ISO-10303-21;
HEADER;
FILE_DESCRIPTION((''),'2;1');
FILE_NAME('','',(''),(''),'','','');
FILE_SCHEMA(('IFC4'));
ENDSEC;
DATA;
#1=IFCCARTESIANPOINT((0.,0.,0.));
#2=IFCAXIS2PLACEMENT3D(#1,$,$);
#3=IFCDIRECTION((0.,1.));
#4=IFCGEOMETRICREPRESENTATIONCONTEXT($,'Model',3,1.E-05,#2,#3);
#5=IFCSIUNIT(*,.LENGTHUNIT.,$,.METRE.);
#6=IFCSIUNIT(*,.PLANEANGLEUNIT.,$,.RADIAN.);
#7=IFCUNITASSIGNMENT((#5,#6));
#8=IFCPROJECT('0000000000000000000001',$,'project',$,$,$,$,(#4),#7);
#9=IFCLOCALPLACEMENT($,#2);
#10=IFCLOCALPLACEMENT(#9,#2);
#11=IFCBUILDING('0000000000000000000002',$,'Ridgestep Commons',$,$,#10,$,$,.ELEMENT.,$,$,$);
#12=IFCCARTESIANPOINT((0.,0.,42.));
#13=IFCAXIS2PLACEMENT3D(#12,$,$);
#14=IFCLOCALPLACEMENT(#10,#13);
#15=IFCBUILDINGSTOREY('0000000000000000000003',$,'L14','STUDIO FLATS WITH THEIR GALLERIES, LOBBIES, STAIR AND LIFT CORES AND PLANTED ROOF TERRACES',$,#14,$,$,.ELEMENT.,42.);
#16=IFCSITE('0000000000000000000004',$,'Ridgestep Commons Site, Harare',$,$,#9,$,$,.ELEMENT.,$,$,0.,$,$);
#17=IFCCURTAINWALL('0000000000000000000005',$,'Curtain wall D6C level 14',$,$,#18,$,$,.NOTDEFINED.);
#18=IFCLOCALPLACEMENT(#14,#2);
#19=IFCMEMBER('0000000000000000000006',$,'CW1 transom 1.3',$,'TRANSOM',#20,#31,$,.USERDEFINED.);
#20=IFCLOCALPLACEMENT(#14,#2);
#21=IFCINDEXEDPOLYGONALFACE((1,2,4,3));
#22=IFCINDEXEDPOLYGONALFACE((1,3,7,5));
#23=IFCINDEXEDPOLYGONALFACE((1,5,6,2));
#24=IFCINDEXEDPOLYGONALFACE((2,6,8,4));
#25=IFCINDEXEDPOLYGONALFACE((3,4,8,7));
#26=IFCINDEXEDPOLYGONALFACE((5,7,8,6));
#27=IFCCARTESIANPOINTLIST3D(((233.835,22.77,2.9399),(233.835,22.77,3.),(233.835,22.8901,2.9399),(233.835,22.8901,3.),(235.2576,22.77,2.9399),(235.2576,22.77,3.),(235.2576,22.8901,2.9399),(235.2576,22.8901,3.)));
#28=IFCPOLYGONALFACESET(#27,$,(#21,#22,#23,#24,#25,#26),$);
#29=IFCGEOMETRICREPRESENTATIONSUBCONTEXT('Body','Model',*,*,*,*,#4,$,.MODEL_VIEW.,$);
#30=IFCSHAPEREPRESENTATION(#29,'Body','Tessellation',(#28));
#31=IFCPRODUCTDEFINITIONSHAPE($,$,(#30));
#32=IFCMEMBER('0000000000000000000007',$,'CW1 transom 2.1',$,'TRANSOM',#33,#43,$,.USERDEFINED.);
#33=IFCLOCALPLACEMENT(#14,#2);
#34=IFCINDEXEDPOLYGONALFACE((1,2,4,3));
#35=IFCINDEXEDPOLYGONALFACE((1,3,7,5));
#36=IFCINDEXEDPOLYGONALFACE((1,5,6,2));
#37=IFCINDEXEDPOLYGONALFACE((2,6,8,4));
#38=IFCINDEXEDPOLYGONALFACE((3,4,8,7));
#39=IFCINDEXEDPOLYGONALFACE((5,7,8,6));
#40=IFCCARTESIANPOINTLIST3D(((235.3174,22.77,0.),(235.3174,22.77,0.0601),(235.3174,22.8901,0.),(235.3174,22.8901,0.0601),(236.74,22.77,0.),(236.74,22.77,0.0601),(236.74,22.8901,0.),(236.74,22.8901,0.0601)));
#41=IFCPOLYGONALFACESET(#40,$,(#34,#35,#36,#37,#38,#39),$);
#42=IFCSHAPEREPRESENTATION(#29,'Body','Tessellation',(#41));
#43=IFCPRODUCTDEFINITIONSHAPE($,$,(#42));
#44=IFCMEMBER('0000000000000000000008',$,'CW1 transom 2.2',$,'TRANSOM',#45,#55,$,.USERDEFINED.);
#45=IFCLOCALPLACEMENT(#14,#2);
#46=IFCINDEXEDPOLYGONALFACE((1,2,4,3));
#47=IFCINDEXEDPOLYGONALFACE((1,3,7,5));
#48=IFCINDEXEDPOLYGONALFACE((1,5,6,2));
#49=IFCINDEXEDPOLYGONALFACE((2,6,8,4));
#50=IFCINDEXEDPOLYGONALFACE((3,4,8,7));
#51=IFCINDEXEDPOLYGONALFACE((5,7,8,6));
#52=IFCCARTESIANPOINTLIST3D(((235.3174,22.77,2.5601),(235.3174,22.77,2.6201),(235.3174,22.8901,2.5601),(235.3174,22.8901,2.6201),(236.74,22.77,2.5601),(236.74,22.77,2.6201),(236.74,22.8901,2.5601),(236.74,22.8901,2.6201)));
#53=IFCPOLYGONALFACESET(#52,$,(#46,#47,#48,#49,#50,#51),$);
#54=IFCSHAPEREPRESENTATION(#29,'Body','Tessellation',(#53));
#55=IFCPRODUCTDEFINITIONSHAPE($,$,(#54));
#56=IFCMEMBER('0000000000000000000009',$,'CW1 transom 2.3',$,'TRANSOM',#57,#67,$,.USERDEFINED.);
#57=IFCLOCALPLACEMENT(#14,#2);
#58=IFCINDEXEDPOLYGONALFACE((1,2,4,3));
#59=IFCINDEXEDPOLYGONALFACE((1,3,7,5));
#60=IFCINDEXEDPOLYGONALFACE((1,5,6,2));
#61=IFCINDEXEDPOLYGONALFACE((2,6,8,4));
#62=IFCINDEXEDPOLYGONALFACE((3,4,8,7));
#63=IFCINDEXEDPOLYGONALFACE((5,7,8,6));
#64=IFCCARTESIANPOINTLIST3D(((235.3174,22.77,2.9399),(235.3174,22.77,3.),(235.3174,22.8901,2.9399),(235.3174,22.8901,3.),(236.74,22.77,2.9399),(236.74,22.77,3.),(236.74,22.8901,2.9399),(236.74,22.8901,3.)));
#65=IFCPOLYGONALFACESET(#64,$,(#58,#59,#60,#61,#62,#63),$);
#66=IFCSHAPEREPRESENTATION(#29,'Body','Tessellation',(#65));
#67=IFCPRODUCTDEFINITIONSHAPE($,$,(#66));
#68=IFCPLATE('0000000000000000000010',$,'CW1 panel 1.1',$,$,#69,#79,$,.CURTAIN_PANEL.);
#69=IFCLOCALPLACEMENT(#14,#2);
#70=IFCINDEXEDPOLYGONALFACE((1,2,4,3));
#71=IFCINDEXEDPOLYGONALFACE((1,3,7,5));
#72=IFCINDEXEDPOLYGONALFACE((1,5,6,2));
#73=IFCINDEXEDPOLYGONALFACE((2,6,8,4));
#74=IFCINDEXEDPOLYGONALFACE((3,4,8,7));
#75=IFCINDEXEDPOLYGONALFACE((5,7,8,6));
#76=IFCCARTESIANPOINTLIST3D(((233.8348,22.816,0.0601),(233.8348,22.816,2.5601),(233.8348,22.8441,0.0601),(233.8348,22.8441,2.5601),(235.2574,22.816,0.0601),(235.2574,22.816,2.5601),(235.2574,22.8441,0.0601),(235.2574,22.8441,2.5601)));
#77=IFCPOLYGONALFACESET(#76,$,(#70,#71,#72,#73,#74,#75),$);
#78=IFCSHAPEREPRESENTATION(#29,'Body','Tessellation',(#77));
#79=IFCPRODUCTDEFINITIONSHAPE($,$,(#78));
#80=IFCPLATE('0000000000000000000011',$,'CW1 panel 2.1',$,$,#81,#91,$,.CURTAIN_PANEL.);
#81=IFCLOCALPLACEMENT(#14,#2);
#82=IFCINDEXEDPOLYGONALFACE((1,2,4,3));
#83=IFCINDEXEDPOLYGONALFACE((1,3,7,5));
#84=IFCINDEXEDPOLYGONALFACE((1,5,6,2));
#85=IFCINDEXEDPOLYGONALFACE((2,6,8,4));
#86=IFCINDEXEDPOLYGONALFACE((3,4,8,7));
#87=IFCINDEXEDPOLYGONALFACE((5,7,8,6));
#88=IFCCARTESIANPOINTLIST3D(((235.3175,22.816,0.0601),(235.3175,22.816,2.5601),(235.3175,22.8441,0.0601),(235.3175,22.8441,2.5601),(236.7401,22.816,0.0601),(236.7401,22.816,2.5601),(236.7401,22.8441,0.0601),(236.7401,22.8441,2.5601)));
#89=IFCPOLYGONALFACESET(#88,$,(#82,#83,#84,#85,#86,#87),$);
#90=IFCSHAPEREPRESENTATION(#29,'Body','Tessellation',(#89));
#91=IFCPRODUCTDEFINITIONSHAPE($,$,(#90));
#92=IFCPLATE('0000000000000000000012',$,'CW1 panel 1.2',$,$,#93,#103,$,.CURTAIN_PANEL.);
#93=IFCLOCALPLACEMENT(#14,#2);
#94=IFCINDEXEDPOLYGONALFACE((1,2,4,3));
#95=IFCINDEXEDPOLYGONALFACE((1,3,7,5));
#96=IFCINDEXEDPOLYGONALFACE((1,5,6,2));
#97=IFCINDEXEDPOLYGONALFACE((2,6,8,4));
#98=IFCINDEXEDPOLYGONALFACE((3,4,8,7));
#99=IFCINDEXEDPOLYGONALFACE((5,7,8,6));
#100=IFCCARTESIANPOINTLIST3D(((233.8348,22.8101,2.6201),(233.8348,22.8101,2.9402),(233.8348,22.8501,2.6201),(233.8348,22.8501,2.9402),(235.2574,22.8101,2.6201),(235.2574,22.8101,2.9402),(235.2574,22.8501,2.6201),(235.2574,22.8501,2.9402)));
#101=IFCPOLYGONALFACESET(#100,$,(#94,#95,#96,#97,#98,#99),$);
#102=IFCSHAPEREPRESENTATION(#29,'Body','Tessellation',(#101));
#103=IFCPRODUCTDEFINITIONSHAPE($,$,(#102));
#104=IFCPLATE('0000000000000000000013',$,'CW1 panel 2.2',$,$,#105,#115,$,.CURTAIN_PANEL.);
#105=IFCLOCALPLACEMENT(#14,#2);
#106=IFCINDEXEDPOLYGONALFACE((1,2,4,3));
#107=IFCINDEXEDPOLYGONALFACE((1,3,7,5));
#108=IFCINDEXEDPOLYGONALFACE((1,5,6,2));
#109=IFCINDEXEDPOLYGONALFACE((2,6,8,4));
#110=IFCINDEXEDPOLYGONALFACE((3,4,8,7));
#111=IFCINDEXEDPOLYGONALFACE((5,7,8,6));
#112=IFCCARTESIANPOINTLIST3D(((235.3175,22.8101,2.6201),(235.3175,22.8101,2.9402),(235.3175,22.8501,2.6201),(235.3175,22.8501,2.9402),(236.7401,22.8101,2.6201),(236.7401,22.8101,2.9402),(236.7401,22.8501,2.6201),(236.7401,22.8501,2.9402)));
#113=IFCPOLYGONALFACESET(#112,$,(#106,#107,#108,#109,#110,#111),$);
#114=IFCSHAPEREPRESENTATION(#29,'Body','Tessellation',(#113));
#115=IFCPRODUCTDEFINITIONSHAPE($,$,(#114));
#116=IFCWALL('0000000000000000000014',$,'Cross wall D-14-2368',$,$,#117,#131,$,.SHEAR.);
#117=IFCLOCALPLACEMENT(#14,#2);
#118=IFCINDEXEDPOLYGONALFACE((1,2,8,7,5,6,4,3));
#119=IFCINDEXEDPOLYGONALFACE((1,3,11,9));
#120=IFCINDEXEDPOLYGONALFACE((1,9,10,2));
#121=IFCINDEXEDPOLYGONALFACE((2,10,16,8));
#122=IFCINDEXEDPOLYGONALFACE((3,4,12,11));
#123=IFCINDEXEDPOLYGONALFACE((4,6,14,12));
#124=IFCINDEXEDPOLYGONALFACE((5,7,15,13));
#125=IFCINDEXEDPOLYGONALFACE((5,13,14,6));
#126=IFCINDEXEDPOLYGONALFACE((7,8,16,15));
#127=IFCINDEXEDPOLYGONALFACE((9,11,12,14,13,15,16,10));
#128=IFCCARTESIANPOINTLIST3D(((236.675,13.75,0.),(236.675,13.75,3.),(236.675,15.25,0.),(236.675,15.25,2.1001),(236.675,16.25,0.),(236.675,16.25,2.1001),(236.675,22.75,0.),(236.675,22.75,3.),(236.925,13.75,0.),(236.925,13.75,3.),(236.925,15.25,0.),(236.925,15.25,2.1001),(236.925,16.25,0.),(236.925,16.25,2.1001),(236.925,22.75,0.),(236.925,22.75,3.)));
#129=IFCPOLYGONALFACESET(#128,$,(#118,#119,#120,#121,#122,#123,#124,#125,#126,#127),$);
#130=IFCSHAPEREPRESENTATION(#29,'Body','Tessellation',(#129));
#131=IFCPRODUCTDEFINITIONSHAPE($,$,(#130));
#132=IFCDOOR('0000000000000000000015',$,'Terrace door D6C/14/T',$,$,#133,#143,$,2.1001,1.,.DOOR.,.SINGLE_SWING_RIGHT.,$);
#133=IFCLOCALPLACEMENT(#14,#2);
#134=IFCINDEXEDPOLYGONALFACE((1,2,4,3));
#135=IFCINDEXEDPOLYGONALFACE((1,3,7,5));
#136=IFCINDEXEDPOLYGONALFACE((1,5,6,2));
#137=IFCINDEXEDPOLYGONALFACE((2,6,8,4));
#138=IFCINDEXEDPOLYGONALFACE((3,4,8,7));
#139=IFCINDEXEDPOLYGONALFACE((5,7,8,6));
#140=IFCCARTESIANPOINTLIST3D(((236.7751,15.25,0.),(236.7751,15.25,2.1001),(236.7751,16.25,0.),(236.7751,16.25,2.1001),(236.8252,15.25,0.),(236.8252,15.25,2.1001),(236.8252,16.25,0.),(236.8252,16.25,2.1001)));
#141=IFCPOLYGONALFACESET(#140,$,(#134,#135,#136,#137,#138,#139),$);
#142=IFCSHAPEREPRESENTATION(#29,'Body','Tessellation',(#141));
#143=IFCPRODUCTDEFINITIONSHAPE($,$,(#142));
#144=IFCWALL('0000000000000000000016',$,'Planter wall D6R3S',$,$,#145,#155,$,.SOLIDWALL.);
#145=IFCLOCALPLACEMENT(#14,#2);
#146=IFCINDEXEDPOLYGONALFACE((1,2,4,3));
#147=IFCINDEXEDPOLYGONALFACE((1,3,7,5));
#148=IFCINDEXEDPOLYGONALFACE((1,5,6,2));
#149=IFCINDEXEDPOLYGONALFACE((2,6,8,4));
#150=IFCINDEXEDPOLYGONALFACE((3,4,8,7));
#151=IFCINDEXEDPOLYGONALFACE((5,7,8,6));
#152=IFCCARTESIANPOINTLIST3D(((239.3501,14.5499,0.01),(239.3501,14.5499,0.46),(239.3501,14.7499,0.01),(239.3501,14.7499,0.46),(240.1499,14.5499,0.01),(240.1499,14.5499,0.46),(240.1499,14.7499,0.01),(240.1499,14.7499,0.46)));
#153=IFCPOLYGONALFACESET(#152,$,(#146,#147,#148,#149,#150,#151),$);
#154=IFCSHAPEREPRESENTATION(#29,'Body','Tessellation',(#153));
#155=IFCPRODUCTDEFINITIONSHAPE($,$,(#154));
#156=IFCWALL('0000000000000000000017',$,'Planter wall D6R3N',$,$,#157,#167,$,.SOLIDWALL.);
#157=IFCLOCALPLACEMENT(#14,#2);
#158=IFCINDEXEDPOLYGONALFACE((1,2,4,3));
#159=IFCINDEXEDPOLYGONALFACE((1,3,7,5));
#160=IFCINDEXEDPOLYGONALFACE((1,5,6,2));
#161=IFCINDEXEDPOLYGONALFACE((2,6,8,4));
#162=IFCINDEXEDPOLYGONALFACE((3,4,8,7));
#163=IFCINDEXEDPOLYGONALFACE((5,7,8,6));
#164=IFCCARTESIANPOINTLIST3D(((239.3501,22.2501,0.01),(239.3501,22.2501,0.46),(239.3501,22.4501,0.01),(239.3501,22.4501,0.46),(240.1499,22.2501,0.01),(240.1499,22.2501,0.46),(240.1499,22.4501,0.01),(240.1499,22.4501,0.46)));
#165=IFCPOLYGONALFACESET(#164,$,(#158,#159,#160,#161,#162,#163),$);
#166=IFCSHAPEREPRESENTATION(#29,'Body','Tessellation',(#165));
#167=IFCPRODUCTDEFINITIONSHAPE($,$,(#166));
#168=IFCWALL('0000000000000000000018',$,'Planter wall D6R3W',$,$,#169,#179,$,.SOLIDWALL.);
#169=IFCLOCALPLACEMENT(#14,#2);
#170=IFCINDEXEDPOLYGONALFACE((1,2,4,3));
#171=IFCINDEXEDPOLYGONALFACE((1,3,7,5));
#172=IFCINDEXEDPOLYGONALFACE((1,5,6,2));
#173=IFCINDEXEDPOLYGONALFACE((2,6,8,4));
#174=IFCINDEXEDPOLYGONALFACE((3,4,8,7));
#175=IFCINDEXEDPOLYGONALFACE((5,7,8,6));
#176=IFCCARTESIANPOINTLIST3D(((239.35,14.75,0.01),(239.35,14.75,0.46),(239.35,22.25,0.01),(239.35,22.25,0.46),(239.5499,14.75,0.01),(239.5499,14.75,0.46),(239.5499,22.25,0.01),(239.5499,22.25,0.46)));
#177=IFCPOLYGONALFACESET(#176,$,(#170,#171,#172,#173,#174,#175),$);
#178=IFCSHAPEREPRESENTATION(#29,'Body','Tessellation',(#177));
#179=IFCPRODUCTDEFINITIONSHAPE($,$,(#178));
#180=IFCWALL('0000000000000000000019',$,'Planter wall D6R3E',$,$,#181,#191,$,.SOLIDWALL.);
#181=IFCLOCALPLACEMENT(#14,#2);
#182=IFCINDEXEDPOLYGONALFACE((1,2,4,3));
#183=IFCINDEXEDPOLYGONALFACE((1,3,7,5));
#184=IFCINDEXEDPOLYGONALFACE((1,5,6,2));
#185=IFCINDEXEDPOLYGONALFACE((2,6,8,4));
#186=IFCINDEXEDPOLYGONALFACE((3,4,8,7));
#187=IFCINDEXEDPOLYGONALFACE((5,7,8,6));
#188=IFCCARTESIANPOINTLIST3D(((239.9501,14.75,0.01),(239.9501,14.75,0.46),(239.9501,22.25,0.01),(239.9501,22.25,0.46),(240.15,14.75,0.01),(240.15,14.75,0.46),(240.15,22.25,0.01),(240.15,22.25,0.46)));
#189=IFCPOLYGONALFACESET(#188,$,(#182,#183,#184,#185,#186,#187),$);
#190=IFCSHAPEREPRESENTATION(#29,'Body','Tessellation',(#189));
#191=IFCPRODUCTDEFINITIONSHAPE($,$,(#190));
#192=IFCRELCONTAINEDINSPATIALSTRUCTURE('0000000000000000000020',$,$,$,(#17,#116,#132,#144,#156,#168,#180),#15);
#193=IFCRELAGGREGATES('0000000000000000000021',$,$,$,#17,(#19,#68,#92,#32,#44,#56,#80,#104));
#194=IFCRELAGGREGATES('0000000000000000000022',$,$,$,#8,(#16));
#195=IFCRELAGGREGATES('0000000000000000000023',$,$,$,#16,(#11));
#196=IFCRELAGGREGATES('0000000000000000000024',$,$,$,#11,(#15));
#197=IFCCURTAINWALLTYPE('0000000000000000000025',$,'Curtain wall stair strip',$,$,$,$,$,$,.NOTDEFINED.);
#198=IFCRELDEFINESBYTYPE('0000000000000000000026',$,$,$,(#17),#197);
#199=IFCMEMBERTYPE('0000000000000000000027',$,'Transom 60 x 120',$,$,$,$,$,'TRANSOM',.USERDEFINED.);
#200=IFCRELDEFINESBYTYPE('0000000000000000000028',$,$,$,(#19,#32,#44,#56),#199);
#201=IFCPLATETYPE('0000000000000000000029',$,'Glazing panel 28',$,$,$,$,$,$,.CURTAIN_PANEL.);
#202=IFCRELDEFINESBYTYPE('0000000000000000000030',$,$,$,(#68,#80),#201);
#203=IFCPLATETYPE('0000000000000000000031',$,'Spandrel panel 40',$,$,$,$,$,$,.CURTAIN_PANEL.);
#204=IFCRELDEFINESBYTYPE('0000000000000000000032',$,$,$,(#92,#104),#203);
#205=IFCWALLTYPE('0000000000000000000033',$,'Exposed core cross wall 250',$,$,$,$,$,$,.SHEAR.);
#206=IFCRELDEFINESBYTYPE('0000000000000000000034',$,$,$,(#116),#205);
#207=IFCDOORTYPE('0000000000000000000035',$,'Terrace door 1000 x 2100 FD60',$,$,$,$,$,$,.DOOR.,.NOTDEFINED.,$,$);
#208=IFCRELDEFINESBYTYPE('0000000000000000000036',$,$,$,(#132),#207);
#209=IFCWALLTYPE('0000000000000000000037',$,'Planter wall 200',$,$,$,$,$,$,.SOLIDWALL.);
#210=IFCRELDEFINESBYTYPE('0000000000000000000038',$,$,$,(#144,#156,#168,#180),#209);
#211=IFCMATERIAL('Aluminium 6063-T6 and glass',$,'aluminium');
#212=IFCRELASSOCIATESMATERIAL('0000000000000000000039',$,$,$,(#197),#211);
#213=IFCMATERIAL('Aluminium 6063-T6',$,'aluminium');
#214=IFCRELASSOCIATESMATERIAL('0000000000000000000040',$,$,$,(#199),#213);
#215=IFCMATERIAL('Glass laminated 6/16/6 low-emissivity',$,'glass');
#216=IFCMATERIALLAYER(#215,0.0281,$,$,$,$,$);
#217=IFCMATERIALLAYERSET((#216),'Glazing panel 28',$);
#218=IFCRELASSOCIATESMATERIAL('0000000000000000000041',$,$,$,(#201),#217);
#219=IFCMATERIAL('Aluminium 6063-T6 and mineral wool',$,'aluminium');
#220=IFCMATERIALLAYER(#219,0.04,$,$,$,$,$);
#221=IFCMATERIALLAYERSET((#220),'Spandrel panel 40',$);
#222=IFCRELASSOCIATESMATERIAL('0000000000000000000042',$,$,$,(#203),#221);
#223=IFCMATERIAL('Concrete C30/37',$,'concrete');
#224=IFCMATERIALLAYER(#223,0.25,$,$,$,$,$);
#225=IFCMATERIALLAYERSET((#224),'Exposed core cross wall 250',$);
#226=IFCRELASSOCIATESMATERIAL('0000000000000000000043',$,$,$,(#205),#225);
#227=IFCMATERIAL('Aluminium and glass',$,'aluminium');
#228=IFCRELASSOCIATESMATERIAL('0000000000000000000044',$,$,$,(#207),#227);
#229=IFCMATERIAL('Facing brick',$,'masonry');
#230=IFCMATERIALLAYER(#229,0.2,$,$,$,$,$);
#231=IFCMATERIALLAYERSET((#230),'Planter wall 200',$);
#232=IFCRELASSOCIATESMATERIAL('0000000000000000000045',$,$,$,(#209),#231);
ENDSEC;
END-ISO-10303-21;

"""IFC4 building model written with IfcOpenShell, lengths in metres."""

from ifc_helpers import new_model, si_unit, direction, frame, frame_2d, origin, origin_2d, place, context, subcontext, project, spatial, rectangle, extrude, material, layer, layer_set, material_profile, profile_set, type_object, element, fill, aggregate, save


model = new_model("IFC4")

# Units and contexts
model_context = context("Model", 3, precision=1e-05, world=origin(), true_north=direction((0.0, 1.0)))
body_context = subcontext(model_context, "Body", "Model", "MODEL_VIEW")
ifc_project = project(units=[si_unit("LENGTHUNIT", "METRE"), si_unit("PLANEANGLEUNIT", "RADIAN")], contexts=[model_context])

# Site, building, storey
site_placement = place(None, origin())
site = spatial("IfcSite", under=ifc_project, at=site_placement, Name="Ridgestep Commons Site, Harare", CompositionType="ELEMENT", RefElevation=0.0)
building_placement = place(site_placement, origin())
building = spatial("IfcBuilding", under=site, at=building_placement, Name="Ridgestep Commons", CompositionType="ELEMENT")
storey_placement = place(building_placement, frame((0.0, 0.0, 42.0)))
storey = spatial("IfcBuildingStorey", under=building, at=storey_placement, Name="L14", Description="STUDIO FLATS WITH THEIR GALLERIES, LOBBIES, STAIR AND LIFT CORES AND PLANTED ROOF TERRACES", CompositionType="ELEMENT", Elevation=42.0)

# Curtain wall, members, plates
ifc_material_1 = material(Name="Aluminium 6063-T6 and glass", Category="aluminium")
curtain_wall_type = type_object("IfcCurtainWallType", Name="Curtain wall stair strip", PredefinedType="NOTDEFINED", material=ifc_material_1)
curtain_wall_placement = place(storey_placement, origin())
curtain_wall = element("IfcCurtainWall", 1, at=curtain_wall_placement, inside=storey, type_object=curtain_wall_type, Name="Curtain wall D6C level 14", PredefinedType="NOTDEFINED")
ifc_material_2 = material(Name="Aluminium 6063-T6", Category="aluminium")
ifc_material_profile_1 = material_profile(ifc_material_2, rectangle(XDim=0.1201, YDim=0.0601, at=origin_2d()), Name="Transom 60 x 120")
ifc_profile_set_1 = profile_set([ifc_material_profile_1], Name="Aluminium 6063-T6")
member_type_1 = type_object("IfcMemberType", Name="Transom 60 x 120", ElementType="TRANSOM", PredefinedType="USERDEFINED", material=ifc_profile_set_1)
member_1_placement = place(storey_placement, frame((233.835, 22.8301, 2.97), z_axis=(1.0, 0.0, 0.0), x_axis=(0.0, 1.0, 0.0)))
member_1 = element("IfcMember", 2, at=member_1_placement, type_object=member_type_1, Name="CW1 transom 1.3", ObjectType="TRANSOM", PredefinedType="USERDEFINED", context=body_context, shape_type="SweptSolid", body=[
    extrude(rectangle(XDim=0.1201, YDim=0.0601, at=origin_2d()), origin(), (0.0, 0.0, 1.0), 1.4226),
])
member_2_placement = place(storey_placement, frame((235.3174, 22.8301, 0.03), z_axis=(1.0, 0.0, 0.0), x_axis=(0.0, 1.0, 0.0)))
member_2 = element("IfcMember", 3, at=member_2_placement, type_object=member_type_1, Name="CW1 transom 2.1", ObjectType="TRANSOM", PredefinedType="USERDEFINED", context=body_context, shape_type="SweptSolid", body=[
    extrude(rectangle(XDim=0.1201, YDim=0.0601, at=origin_2d()), origin(), (0.0, 0.0, 1.0), 1.4226),
])
member_3_placement = place(storey_placement, frame((235.3174, 22.8301, 2.5901), z_axis=(1.0, 0.0, 0.0), x_axis=(0.0, 1.0, 0.0)))
member_3 = element("IfcMember", 4, at=member_3_placement, type_object=member_type_1, Name="CW1 transom 2.2", ObjectType="TRANSOM", PredefinedType="USERDEFINED", context=body_context, shape_type="SweptSolid", body=[
    extrude(rectangle(XDim=0.1201, YDim=0.0601, at=origin_2d()), origin(), (0.0, 0.0, 1.0), 1.4226),
])
member_4_placement = place(storey_placement, frame((235.3174, 22.8301, 2.97), z_axis=(1.0, 0.0, 0.0), x_axis=(0.0, 1.0, 0.0)))
member_4 = element("IfcMember", 5, at=member_4_placement, type_object=member_type_1, Name="CW1 transom 2.3", ObjectType="TRANSOM", PredefinedType="USERDEFINED", context=body_context, shape_type="SweptSolid", body=[
    extrude(rectangle(XDim=0.1201, YDim=0.0601, at=origin_2d()), origin(), (0.0, 0.0, 1.0), 1.4226),
])
ifc_material_3 = material(Name="Glass laminated 6/16/6 low-emissivity", Category="glass")
ifc_layer_1 = layer(ifc_material_3, 0.0281)
ifc_layer_set_1 = layer_set([ifc_layer_1], Name="Glazing panel 28")
plate_type_1 = type_object("IfcPlateType", Name="Glazing panel 28", PredefinedType="CURTAIN_PANEL", material=ifc_layer_set_1)
plate_1_placement = place(storey_placement, frame((234.5461, 22.8301, 0.0601), z_axis=(0.0, 0.0, 1.0), x_axis=(1.0, 0.0, 0.0)))
plate_1 = element("IfcPlate", 6, at=plate_1_placement, type_object=plate_type_1, Name="CW1 panel 1.1", PredefinedType="CURTAIN_PANEL", context=body_context, shape_type="SweptSolid", body=[
    extrude(rectangle(XDim=1.4226, YDim=0.0281, at=origin_2d()), origin(), (0.0, 0.0, 1.0), 2.5),
])
plate_2_placement = place(storey_placement, frame((236.0288, 22.8301, 0.0601), z_axis=(0.0, 0.0, 1.0), x_axis=(1.0, 0.0, 0.0)))
plate_2 = element("IfcPlate", 7, at=plate_2_placement, type_object=plate_type_1, Name="CW1 panel 2.1", PredefinedType="CURTAIN_PANEL", context=body_context, shape_type="SweptSolid", body=[
    extrude(rectangle(XDim=1.4226, YDim=0.0281, at=origin_2d()), origin(), (0.0, 0.0, 1.0), 2.5),
])
ifc_material_4 = material(Name="Aluminium 6063-T6 and mineral wool", Category="aluminium")
ifc_layer_2 = layer(ifc_material_4, 0.04)
ifc_layer_set_2 = layer_set([ifc_layer_2], Name="Spandrel panel 40")
plate_type_2 = type_object("IfcPlateType", Name="Spandrel panel 40", PredefinedType="CURTAIN_PANEL", material=ifc_layer_set_2)
plate_3_placement = place(storey_placement, frame((234.5461, 22.8301, 2.6201), z_axis=(0.0, 0.0, 1.0), x_axis=(1.0, 0.0, 0.0)))
plate_3 = element("IfcPlate", 8, at=plate_3_placement, type_object=plate_type_2, Name="CW1 panel 1.2", PredefinedType="CURTAIN_PANEL", context=body_context, shape_type="SweptSolid", body=[
    extrude(rectangle(XDim=1.4226, YDim=0.04, at=origin_2d()), origin(), (0.0, 0.0, 1.0), 0.3201),
])
plate_4_placement = place(storey_placement, frame((236.0288, 22.8301, 2.6201), z_axis=(0.0, 0.0, 1.0), x_axis=(1.0, 0.0, 0.0)))
plate_4 = element("IfcPlate", 9, at=plate_4_placement, type_object=plate_type_2, Name="CW1 panel 2.2", PredefinedType="CURTAIN_PANEL", context=body_context, shape_type="SweptSolid", body=[
    extrude(rectangle(XDim=1.4226, YDim=0.04, at=origin_2d()), origin(), (0.0, 0.0, 1.0), 0.3201),
])
aggregate(curtain_wall, [member_1, plate_1, plate_3, member_2, member_3, member_4, plate_2, plate_4])

# Wall, opening, door
ifc_material_5 = material(Name="Concrete C30/37", Category="concrete")
ifc_layer_3 = layer(ifc_material_5, 0.25)
ifc_layer_set_3 = layer_set([ifc_layer_3], Name="Exposed core cross wall 250")
wall_type_1 = type_object("IfcWallType", Name="Exposed core cross wall 250", PredefinedType="SHEAR", material=ifc_layer_set_3)
wall_placement = place(storey_placement, frame((236.8, 13.75, 0.0), z_axis=(0.0, 0.0, 1.0), x_axis=(0.0, 1.0, 0.0)))
wall = element("IfcWall", 10, at=wall_placement, inside=storey, type_object=wall_type_1, Name="Cross wall D-14-2368", PredefinedType="SHEAR", context=body_context, shape_type="SweptSolid", body=[
    extrude(rectangle(XDim=9.0, YDim=0.25, at=frame_2d((4.5, 0.0))), origin(), (0.0, 0.0, 1.0), 3.0),
])
opening_placement = place(wall_placement, frame((1.5, 0.0, 0.0)))
opening = element("IfcOpeningElement", 11, at=opening_placement, cuts=wall, PredefinedType="OPENING", context=body_context, shape_type="SweptSolid", body=[
    extrude(rectangle(XDim=1.0, YDim=2.1001, at=frame_2d((0.5, 1.05))), frame((0.0, 0.135, 0.0), z_axis=(0.0, -1.0, 0.0), x_axis=(1.0, 0.0, 0.0)), (0.0, 0.0, 1.0), 0.27),
])
ifc_material_6 = material(Name="Aluminium and glass", Category="aluminium")
door_type = type_object("IfcDoorType", Name="Terrace door 1000 x 2100 FD60", OperationType="NOTDEFINED", PredefinedType="DOOR", material=ifc_material_6)
door_placement = place(opening_placement, origin())
door = element("IfcDoor", 12, at=door_placement, inside=storey, type_object=door_type, Name="Terrace door D6C/14/T", OperationType="SINGLE_SWING_RIGHT", OverallHeight=2.1001, OverallWidth=1.0, PredefinedType="DOOR", context=body_context, shape_type="SweptSolid", body=[
    extrude(rectangle(XDim=1.0, YDim=2.1001, at=frame_2d((0.5, 1.05))), frame((0.0, 0.0249, 0.0), z_axis=(0.0, -1.0, 0.0), x_axis=(1.0, 0.0, 0.0)), (0.0, 0.0, 1.0), 0.05),
])
fill(opening, door)

# Walls
ifc_material_7 = material(Name="Facing brick", Category="masonry")
ifc_layer_4 = layer(ifc_material_7, 0.2)
ifc_layer_set_4 = layer_set([ifc_layer_4], Name="Planter wall 200")
wall_type_2 = type_object("IfcWallType", Name="Planter wall 200", PredefinedType="SOLIDWALL", material=ifc_layer_set_4)
for number, where, z_axis, x_axis, name in (
    (13, (239.3501, 14.6499, 0.01), (0.0, 0.0, 1.0), (1.0, 0.0, 0.0), "Planter wall D6R3S"),
    (14, (239.3501, 22.3501, 0.01), (0.0, 0.0, 1.0), (1.0, 0.0, 0.0), "Planter wall D6R3N"),
):
    element("IfcWall", number, at=place(storey_placement, frame(where, z_axis=z_axis, x_axis=x_axis)), inside=storey, type_object=wall_type_2, Name=name, PredefinedType="SOLIDWALL", context=body_context, shape_type="SweptSolid", body=[
        extrude(rectangle(XDim=0.7998, YDim=0.2, at=frame_2d((0.3999, 0.0))), origin(), (0.0, 0.0, 1.0), 0.45),
    ])
for number, where, z_axis, x_axis, name in (
    (15, (239.45, 14.75, 0.01), (0.0, 0.0, 1.0), (0.0, 1.0, 0.0), "Planter wall D6R3W"),
    (16, (240.05, 14.75, 0.01), (0.0, 0.0, 1.0), (0.0, 1.0, 0.0), "Planter wall D6R3E"),
):
    element("IfcWall", number, at=place(storey_placement, frame(where, z_axis=z_axis, x_axis=x_axis)), inside=storey, type_object=wall_type_2, Name=name, PredefinedType="SOLIDWALL", context=body_context, shape_type="SweptSolid", body=[
        extrude(rectangle(XDim=7.5, YDim=0.2, at=frame_2d((3.75, 0.0))), origin(), (0.0, 0.0, 1.0), 0.45),
    ])

save(model, "model.ifc")
